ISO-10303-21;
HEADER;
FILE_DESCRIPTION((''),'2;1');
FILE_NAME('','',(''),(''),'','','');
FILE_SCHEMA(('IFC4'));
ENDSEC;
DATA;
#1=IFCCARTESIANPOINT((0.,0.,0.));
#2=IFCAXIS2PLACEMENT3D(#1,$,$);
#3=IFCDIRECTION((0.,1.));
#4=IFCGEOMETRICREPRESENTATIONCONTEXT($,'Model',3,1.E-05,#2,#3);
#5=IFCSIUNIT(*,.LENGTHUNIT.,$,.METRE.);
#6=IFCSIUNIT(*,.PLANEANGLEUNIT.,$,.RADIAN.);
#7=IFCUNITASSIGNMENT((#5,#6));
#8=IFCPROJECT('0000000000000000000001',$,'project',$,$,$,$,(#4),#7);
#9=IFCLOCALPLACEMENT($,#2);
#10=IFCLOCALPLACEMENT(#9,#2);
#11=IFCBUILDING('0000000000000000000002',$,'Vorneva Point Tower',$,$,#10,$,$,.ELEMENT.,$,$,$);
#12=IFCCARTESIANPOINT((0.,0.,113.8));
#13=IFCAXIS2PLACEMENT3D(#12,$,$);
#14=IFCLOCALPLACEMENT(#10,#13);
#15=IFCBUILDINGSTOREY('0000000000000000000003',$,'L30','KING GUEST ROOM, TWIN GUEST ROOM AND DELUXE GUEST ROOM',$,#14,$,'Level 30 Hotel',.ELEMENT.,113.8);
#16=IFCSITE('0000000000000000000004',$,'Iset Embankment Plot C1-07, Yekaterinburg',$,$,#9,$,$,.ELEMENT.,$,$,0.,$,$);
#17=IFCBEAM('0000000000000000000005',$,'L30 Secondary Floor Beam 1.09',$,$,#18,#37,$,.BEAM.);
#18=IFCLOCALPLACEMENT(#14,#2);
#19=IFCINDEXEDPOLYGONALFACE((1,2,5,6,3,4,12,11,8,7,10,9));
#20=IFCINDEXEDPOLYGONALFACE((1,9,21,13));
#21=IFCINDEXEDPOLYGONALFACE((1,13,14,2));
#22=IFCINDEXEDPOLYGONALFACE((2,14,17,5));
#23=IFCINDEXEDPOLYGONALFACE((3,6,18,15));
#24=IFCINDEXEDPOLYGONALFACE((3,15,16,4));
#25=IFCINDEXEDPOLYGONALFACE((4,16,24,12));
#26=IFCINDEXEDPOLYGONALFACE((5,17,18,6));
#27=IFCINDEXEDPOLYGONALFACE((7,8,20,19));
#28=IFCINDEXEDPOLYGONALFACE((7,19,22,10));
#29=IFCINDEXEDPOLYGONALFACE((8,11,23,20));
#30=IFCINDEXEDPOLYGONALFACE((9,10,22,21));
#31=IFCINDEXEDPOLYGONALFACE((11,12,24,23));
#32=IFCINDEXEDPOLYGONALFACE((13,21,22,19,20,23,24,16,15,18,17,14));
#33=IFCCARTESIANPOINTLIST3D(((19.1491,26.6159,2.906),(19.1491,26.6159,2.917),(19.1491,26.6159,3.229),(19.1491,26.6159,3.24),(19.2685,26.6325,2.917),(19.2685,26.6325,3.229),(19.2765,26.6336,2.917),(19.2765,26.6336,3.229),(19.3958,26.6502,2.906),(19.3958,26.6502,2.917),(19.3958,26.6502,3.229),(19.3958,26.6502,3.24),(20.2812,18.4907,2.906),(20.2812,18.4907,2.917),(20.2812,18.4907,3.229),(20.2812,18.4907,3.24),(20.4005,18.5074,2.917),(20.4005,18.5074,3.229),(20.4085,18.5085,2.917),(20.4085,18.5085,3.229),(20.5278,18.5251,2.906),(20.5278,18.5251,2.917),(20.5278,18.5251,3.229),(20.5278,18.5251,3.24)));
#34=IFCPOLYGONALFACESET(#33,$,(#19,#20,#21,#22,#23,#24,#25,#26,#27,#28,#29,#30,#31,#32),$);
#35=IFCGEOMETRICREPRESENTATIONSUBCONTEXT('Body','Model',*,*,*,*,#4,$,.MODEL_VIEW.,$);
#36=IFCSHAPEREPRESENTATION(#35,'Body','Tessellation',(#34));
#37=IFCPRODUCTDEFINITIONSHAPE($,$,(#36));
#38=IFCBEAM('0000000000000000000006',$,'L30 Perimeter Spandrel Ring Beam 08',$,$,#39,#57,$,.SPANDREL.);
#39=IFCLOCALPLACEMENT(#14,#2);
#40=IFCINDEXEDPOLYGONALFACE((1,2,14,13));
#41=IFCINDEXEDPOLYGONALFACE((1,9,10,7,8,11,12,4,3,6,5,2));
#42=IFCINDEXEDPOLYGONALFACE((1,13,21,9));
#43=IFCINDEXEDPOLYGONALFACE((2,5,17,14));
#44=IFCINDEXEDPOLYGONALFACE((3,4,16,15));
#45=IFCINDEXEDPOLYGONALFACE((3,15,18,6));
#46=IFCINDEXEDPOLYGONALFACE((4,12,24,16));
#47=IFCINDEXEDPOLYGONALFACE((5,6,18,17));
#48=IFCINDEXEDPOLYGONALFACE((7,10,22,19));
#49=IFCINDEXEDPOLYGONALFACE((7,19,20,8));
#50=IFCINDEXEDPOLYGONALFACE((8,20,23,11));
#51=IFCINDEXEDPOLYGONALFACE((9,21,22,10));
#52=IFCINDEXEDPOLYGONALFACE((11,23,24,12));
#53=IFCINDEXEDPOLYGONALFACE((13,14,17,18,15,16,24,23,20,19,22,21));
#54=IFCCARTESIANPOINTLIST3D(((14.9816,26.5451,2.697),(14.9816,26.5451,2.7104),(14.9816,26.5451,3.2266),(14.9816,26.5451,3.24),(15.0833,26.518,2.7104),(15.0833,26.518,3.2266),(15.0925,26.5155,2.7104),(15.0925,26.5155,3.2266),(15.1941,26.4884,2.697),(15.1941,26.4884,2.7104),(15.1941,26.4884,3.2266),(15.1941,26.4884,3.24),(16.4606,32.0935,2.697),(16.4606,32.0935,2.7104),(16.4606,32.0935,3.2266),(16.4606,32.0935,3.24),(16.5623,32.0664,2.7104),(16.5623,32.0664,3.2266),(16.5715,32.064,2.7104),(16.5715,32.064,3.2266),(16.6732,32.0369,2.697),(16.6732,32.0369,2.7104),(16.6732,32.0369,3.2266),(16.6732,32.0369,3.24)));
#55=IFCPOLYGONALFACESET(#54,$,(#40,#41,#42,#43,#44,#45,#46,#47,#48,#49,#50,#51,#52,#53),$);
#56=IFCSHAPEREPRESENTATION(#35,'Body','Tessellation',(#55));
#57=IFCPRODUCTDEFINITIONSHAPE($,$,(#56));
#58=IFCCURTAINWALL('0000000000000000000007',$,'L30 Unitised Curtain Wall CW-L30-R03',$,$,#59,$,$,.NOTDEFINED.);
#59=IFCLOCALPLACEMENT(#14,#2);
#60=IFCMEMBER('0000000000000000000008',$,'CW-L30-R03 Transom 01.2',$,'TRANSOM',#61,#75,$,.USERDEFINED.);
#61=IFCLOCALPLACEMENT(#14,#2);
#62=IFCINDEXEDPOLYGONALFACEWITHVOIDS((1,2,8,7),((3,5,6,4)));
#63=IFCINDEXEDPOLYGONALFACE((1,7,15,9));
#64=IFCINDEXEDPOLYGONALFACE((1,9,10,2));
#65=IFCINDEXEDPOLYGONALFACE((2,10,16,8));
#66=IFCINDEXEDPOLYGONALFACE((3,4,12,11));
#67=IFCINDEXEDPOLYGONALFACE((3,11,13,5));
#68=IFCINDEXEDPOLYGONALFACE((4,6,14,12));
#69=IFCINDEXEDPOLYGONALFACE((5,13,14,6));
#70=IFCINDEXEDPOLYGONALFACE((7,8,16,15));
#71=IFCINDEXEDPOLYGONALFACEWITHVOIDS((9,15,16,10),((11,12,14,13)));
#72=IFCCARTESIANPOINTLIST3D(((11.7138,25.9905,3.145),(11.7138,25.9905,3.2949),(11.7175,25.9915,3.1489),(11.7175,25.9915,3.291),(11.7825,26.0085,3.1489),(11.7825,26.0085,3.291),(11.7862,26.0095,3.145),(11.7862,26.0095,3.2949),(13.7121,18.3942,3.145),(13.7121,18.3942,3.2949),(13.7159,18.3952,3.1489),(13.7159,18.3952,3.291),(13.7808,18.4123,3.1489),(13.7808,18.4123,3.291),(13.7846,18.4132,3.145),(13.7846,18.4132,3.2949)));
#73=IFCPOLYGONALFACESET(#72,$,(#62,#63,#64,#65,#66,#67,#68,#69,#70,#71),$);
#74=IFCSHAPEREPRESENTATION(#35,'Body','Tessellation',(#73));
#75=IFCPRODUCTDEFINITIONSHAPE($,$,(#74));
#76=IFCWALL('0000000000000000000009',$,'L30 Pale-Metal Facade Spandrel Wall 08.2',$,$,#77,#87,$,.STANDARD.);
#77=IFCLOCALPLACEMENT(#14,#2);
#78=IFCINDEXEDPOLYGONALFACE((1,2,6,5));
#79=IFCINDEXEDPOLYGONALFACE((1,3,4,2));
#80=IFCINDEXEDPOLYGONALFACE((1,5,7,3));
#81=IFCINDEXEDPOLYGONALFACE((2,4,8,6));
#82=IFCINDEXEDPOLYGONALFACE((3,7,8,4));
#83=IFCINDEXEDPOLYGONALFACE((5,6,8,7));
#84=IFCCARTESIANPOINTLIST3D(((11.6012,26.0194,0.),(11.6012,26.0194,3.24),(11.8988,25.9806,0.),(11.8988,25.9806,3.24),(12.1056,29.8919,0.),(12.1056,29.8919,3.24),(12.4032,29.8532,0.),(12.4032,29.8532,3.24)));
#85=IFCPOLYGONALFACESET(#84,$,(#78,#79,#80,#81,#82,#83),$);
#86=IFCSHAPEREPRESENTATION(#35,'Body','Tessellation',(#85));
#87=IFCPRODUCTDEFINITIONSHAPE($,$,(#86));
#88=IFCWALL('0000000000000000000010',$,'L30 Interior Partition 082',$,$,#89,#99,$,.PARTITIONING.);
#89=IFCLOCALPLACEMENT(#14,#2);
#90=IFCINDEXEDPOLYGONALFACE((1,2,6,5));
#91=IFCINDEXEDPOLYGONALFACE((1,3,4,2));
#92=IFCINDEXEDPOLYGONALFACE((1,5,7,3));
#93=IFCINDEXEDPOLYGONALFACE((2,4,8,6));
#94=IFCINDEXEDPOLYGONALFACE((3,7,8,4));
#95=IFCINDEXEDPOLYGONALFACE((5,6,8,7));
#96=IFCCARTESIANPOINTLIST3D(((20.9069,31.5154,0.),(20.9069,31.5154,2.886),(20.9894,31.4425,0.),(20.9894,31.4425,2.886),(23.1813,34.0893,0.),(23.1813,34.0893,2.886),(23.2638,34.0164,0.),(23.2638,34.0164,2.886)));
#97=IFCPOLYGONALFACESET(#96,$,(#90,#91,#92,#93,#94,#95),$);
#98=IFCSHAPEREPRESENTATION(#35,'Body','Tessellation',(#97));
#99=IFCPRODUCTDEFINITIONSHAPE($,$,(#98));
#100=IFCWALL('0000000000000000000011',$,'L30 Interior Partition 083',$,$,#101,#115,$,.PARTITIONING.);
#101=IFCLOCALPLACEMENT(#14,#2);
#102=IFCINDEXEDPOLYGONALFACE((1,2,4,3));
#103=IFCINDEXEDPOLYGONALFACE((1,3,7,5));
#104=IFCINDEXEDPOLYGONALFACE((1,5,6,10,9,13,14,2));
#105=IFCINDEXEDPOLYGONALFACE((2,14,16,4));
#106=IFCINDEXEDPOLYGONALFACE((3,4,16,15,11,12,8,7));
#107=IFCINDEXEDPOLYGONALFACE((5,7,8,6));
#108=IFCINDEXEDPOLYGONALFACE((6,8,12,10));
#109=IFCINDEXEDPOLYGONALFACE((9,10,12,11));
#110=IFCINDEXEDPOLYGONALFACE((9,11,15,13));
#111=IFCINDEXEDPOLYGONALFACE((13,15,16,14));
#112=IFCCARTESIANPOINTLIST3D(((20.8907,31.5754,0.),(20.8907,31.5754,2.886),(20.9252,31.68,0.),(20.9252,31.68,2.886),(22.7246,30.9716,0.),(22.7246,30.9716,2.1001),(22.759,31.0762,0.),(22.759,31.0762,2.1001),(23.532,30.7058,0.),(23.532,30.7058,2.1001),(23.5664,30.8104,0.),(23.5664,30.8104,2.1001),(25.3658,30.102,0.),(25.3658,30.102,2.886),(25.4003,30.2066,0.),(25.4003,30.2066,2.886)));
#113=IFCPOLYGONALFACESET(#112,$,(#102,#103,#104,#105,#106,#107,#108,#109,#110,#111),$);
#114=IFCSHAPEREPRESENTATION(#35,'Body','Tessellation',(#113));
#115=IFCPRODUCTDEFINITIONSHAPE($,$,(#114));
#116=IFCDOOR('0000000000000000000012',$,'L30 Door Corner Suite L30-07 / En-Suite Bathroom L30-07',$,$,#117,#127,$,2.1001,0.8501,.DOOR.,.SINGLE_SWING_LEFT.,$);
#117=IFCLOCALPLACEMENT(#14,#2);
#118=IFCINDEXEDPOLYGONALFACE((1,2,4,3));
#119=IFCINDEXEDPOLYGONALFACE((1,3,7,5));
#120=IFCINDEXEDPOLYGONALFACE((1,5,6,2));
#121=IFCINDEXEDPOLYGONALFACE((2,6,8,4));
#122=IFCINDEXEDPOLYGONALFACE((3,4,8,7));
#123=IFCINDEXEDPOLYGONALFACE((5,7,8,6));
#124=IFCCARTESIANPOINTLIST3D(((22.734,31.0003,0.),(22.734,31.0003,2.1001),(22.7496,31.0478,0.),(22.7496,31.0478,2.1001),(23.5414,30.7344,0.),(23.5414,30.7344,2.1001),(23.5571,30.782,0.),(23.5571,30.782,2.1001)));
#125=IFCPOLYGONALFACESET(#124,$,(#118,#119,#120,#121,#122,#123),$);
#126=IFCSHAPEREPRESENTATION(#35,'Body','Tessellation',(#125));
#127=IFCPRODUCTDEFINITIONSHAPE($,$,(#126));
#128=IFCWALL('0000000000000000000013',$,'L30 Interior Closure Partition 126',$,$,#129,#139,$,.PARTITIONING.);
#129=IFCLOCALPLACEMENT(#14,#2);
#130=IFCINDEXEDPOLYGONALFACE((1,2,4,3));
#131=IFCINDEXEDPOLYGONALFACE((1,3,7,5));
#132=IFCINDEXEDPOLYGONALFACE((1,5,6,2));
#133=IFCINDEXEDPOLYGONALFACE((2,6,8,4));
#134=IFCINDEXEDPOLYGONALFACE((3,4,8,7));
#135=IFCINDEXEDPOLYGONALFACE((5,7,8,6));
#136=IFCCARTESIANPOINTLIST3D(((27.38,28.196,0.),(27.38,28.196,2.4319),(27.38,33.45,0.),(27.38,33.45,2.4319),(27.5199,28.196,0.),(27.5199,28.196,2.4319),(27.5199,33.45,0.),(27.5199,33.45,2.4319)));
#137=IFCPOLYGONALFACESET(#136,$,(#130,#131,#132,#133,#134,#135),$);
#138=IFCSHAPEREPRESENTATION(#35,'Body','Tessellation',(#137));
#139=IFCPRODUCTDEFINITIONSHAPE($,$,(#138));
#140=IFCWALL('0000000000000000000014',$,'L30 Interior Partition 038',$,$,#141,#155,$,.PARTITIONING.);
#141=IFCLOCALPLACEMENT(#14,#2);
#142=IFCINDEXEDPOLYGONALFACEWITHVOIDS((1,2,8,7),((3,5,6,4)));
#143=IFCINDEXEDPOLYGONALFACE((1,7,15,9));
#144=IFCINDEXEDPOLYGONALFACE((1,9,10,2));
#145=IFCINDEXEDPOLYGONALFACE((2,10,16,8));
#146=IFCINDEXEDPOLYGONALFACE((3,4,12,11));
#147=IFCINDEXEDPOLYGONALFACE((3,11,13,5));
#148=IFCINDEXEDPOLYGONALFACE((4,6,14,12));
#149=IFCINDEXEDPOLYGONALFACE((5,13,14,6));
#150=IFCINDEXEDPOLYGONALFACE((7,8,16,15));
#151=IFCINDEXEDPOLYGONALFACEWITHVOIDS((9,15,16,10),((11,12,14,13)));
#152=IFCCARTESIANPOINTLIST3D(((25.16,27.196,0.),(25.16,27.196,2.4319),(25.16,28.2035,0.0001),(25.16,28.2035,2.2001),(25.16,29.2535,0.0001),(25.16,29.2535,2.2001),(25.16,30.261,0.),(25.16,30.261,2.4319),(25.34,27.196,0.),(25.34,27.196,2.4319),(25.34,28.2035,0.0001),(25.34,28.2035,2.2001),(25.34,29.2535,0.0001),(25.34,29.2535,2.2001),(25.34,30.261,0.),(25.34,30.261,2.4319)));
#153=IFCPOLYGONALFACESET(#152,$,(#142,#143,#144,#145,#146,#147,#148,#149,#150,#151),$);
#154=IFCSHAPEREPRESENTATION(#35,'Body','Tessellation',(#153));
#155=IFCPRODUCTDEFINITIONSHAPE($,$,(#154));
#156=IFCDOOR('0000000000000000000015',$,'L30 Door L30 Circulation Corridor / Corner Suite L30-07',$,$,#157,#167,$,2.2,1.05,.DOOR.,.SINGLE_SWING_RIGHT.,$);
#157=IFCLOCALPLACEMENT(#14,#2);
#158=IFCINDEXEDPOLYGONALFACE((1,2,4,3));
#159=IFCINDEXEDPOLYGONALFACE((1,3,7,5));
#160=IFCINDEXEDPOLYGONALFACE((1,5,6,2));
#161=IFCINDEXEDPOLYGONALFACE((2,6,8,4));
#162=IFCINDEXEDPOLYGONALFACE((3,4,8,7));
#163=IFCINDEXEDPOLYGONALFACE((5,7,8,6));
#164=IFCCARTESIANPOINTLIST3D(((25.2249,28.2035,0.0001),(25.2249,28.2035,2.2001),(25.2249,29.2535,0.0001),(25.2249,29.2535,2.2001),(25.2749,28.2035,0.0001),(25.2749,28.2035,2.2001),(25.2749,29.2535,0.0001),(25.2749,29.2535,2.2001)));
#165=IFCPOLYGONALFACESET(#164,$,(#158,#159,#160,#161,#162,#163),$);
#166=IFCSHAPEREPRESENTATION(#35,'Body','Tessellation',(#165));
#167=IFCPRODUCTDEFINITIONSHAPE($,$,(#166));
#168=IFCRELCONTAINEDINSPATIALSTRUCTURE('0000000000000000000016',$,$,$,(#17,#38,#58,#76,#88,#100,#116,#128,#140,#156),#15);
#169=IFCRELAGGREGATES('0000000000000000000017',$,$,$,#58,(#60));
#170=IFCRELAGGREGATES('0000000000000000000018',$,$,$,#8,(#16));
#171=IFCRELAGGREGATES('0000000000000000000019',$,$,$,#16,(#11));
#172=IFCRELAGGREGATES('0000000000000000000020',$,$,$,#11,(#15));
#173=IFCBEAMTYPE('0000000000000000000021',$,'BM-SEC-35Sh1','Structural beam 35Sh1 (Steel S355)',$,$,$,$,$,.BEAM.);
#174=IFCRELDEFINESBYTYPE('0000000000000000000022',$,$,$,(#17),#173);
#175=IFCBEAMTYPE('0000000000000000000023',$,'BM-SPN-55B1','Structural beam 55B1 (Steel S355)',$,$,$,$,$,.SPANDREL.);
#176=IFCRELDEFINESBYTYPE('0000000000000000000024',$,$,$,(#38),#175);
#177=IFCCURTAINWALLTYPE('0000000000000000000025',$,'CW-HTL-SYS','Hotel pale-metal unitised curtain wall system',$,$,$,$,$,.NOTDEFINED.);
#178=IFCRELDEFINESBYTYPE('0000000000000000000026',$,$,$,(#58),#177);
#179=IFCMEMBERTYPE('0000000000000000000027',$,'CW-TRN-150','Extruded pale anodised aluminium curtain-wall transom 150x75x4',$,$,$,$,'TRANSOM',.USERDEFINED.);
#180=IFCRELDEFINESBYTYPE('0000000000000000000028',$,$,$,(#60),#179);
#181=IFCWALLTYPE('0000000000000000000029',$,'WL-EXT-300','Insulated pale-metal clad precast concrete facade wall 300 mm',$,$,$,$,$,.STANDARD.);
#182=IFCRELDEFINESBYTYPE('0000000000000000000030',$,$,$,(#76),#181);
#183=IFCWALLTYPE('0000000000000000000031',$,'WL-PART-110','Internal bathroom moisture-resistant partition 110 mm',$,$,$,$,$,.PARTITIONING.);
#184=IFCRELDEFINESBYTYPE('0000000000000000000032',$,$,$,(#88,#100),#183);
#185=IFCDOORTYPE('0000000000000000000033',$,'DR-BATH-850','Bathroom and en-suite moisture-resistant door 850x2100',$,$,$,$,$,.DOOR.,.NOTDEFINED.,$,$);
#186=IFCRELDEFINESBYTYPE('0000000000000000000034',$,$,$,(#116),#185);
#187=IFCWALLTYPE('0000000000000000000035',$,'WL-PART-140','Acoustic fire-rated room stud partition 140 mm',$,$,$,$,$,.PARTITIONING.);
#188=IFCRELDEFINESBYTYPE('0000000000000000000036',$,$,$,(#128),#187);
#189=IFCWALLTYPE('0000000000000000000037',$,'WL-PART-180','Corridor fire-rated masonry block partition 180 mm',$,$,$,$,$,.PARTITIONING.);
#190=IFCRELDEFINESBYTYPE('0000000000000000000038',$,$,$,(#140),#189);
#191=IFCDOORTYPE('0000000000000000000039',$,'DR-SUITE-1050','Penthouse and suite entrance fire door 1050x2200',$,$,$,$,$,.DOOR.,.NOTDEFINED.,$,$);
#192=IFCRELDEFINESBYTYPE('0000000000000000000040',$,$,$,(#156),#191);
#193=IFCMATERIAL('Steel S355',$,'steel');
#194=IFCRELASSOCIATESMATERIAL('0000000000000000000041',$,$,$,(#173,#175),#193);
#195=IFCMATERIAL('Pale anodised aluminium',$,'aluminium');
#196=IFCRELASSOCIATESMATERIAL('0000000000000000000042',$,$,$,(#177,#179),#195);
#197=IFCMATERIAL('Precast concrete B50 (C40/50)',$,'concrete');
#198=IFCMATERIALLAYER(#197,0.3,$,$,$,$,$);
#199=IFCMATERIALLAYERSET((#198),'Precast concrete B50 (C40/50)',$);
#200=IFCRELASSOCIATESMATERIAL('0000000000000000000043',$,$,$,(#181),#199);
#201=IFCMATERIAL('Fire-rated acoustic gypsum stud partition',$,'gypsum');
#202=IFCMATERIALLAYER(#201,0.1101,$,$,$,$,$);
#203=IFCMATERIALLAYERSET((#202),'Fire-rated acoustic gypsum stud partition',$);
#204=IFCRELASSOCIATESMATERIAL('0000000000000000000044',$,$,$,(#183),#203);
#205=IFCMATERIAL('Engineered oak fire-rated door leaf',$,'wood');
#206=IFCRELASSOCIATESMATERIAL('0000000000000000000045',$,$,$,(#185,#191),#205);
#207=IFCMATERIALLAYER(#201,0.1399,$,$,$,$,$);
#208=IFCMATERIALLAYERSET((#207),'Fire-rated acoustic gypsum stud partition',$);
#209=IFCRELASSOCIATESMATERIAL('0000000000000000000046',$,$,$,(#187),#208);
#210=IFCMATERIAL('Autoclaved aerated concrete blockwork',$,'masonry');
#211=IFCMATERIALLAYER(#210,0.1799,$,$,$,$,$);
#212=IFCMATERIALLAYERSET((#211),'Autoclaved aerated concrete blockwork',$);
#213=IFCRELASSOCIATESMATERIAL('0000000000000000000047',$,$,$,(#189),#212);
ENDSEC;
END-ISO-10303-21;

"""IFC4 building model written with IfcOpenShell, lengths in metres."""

from ifc_helpers import new_model, si_unit, direction, frame, frame_2d, origin, origin_2d, place, context, subcontext, project, spatial, rectangle, hollow_rectangle, i_section, extrude, material, layer, layer_set, material_profile, profile_set, type_object, element, fill, aggregate, save


model = new_model("IFC4")

# Units and contexts
model_context = context("Model", 3, precision=1e-05, world=origin(), true_north=direction((0.0, 1.0)))
body_context = subcontext(model_context, "Body", "Model", "MODEL_VIEW")
ifc_project = project(units=[si_unit("LENGTHUNIT", "METRE"), si_unit("PLANEANGLEUNIT", "RADIAN")], contexts=[model_context])

# Site, building, storey
site_placement = place(None, origin())
site = spatial("IfcSite", under=ifc_project, at=site_placement, Name="Iset Embankment Plot C1-07, Yekaterinburg", CompositionType="ELEMENT", RefElevation=0.0)
building_placement = place(site_placement, origin())
building = spatial("IfcBuilding", under=site, at=building_placement, Name="Vorneva Point Tower", CompositionType="ELEMENT")
storey_placement = place(building_placement, frame((0.0, 0.0, 113.8)))
storey = spatial("IfcBuildingStorey", under=building, at=storey_placement, Name="L30", Description="KING GUEST ROOM, TWIN GUEST ROOM AND DELUXE GUEST ROOM", LongName="Level 30 Hotel", CompositionType="ELEMENT", Elevation=113.8)

# Beams
ifc_material_1 = material(Name="Steel S355", Category="steel")
ifc_material_profile_1 = material_profile(ifc_material_1, i_section(OverallWidth=0.249, OverallDepth=0.334, WebThickness=0.0081, FlangeThickness=0.011, at=origin_2d()), Name="35Sh1")
ifc_profile_set_1 = profile_set([ifc_material_profile_1], Name="Steel S355")
beam_type_1 = type_object("IfcBeamType", Name="BM-SEC-35Sh1", Description="Structural beam 35Sh1 (Steel S355)", PredefinedType="BEAM", material=ifc_profile_set_1)
beam_1_placement = place(storey_placement, frame((19.2725, 26.6331, 3.073), z_axis=(0.137996, -0.990433, 0.0), x_axis=(0.990433, 0.137996, 0.0)))
element("IfcBeam", 1, at=beam_1_placement, inside=storey, type_object=beam_type_1, Name="L30 Secondary Floor Beam 1.09", PredefinedType="BEAM", context=body_context, shape_type="SweptSolid", body=[
    extrude(i_section(OverallWidth=0.249, OverallDepth=0.334, WebThickness=0.0081, FlangeThickness=0.011, at=origin_2d()), origin(), (0.0, 0.0, 1.0), 8.2036),
])
ifc_material_profile_2 = material_profile(ifc_material_1, i_section(OverallWidth=0.22, OverallDepth=0.543, WebThickness=0.0095, FlangeThickness=0.0134, at=origin_2d()), Name="55B1")
ifc_profile_set_2 = profile_set([ifc_material_profile_2], Name="Steel S355")
beam_type_2 = type_object("IfcBeamType", Name="BM-SPN-55B1", Description="Structural beam 55B1 (Steel S355)", PredefinedType="SPANDREL", material=ifc_profile_set_2)
beam_2_placement = place(storey_placement, frame((16.5669, 32.0652, 2.9685), z_axis=(-0.257573, -0.966259, 0.0), x_axis=(0.966259, -0.257573, 0.0)))
element("IfcBeam", 2, at=beam_2_placement, inside=storey, type_object=beam_type_2, Name="L30 Perimeter Spandrel Ring Beam 08", PredefinedType="SPANDREL", context=body_context, shape_type="SweptSolid", body=[
    extrude(i_section(OverallWidth=0.22, OverallDepth=0.543, WebThickness=0.0095, FlangeThickness=0.0134, at=origin_2d()), origin(), (0.0, 0.0, 1.0), 5.7422),
])

# Curtain wall, member
ifc_material_2 = material(Name="Pale anodised aluminium", Category="aluminium")
curtain_wall_type = type_object("IfcCurtainWallType", Name="CW-HTL-SYS", Description="Hotel pale-metal unitised curtain wall system", PredefinedType="NOTDEFINED", material=ifc_material_2)
curtain_wall_placement = place(storey_placement, origin())
curtain_wall = element("IfcCurtainWall", 3, at=curtain_wall_placement, inside=storey, type_object=curtain_wall_type, Name="L30 Unitised Curtain Wall CW-L30-R03", PredefinedType="NOTDEFINED")
ifc_material_profile_3 = material_profile(ifc_material_2, hollow_rectangle(XDim=0.075, YDim=0.1499, WallThickness=0.0039, at=origin_2d()), Name="AL-TRN 150x75x4")
ifc_profile_set_3 = profile_set([ifc_material_profile_3], Name="Pale anodised aluminium")
member_type = type_object("IfcMemberType", Name="CW-TRN-150", Description="Extruded pale anodised aluminium curtain-wall transom 150x75x4", ElementType="TRANSOM", PredefinedType="USERDEFINED", material=ifc_profile_set_3)
member_placement = place(storey_placement, frame((11.75, 26.0, 3.22), z_axis=(0.254409, -0.967097, 0.0), x_axis=(0.967097, 0.254409, 0.0)))
member = element("IfcMember", 4, at=member_placement, type_object=member_type, Name="CW-L30-R03 Transom 01.2", ObjectType="TRANSOM", PredefinedType="USERDEFINED", context=body_context, shape_type="SweptSolid", body=[
    extrude(hollow_rectangle(XDim=0.075, YDim=0.1499, WallThickness=0.0039, at=origin_2d()), origin(), (0.0, 0.0, 1.0), 7.8547),
])
aggregate(curtain_wall, [member])

# Walls
ifc_material_3 = material(Name="Precast concrete B50 (C40/50)", Category="concrete")
ifc_layer_1 = layer(ifc_material_3, 0.3)
ifc_layer_set_1 = layer_set([ifc_layer_1], Name="Precast concrete B50 (C40/50)")
wall_type_1 = type_object("IfcWallType", Name="WL-EXT-300", Description="Insulated pale-metal clad precast concrete facade wall 300 mm", PredefinedType="STANDARD", material=ifc_layer_set_1)
wall_1_placement = place(storey_placement, frame((12.2544, 29.8726, 0.0), z_axis=(0.0, 0.0, 1.0), x_axis=(-0.129157, -0.991624, 0.0)))
element("IfcWall", 5, at=wall_1_placement, inside=storey, type_object=wall_type_1, Name="L30 Pale-Metal Facade Spandrel Wall 08.2", PredefinedType="STANDARD", context=body_context, shape_type="SweptSolid", body=[
    extrude(rectangle(XDim=3.9053, YDim=0.3, at=frame_2d((1.9526, 0.0))), origin(), (0.0, 0.0, 1.0), 3.24),
])
ifc_material_4 = material(Name="Fire-rated acoustic gypsum stud partition", Category="gypsum")
ifc_layer_2 = layer(ifc_material_4, 0.1101)
ifc_layer_set_2 = layer_set([ifc_layer_2], Name="Fire-rated acoustic gypsum stud partition")
wall_type_2 = type_object("IfcWallType", Name="WL-PART-110", Description="Internal bathroom moisture-resistant partition 110 mm", PredefinedType="PARTITIONING", material=ifc_layer_set_2)
wall_2_placement = place(storey_placement, frame((20.9482, 31.479, 0.0), z_axis=(0.0, 0.0, 1.0), x_axis=(0.662155, 0.749367, 0.0)))
element("IfcWall", 6, at=wall_2_placement, inside=storey, type_object=wall_type_2, Name="L30 Interior Partition 082", PredefinedType="PARTITIONING", context=body_context, shape_type="SweptSolid", body=[
    extrude(rectangle(XDim=3.4348, YDim=0.1101, at=frame_2d((1.7173, 0.0))), origin(), (0.0, 0.0, 1.0), 2.886),
])

# Wall, opening, door
wall_3_placement = place(storey_placement, frame((25.3831, 30.1543, 0.0), z_axis=(0.0, 0.0, 1.0), x_axis=(-0.949843, 0.312728, 0.0)))
wall_3 = element("IfcWall", 7, at=wall_3_placement, inside=storey, type_object=wall_type_2, Name="L30 Interior Partition 083", PredefinedType="PARTITIONING", context=body_context, shape_type="SweptSolid", body=[
    extrude(rectangle(XDim=4.7114, YDim=0.1101, at=frame_2d((2.3557, 0.0))), origin(), (0.0, 0.0, 1.0), 2.886),
])
opening_1_placement = place(wall_3_placement, frame((1.9307, 0.0, 0.0)))
opening_1 = element("IfcOpeningElement", 8, at=opening_1_placement, cuts=wall_3, PredefinedType="OPENING", context=body_context, shape_type="SweptSolid", body=[
    extrude(rectangle(XDim=0.8501, YDim=2.1001, at=frame_2d((0.425, 1.05))), frame((0.0, 0.0698, 0.0), z_axis=(0.0, -1.0, 0.0), x_axis=(1.0, 0.0, 0.0)), (0.0, 0.0, 1.0), 0.1399),
])
ifc_material_5 = material(Name="Engineered oak fire-rated door leaf", Category="wood")
door_type_1 = type_object("IfcDoorType", Name="DR-BATH-850", Description="Bathroom and en-suite moisture-resistant door 850x2100", OperationType="NOTDEFINED", PredefinedType="DOOR", material=ifc_material_5)
door_1_placement = place(opening_1_placement, origin())
door_1 = element("IfcDoor", 9, at=door_1_placement, inside=storey, type_object=door_type_1, Name="L30 Door Corner Suite L30-07 / En-Suite Bathroom L30-07", OperationType="SINGLE_SWING_LEFT", OverallHeight=2.1001, OverallWidth=0.8501, PredefinedType="DOOR", context=body_context, shape_type="SweptSolid", body=[
    extrude(rectangle(XDim=0.8501, YDim=2.1001, at=frame_2d((0.425, 1.05))), frame((0.0, 0.0249, 0.0), z_axis=(0.0, -1.0, 0.0), x_axis=(1.0, 0.0, 0.0)), (0.0, 0.0, 1.0), 0.05),
])
fill(opening_1, door_1)

# Wall
ifc_layer_3 = layer(ifc_material_4, 0.1399)
ifc_layer_set_3 = layer_set([ifc_layer_3], Name="Fire-rated acoustic gypsum stud partition")
wall_type_3 = type_object("IfcWallType", Name="WL-PART-140", Description="Acoustic fire-rated room stud partition 140 mm", PredefinedType="PARTITIONING", material=ifc_layer_set_3)
wall_4_placement = place(storey_placement, frame((27.45, 28.196, 0.0), z_axis=(0.0, 0.0, 1.0), x_axis=(0.0, 1.0, 0.0)))
element("IfcWall", 10, at=wall_4_placement, inside=storey, type_object=wall_type_3, Name="L30 Interior Closure Partition 126", PredefinedType="PARTITIONING", context=body_context, shape_type="SweptSolid", body=[
    extrude(rectangle(XDim=5.2539, YDim=0.1399, at=frame_2d((2.627, 0.0))), origin(), (0.0, 0.0, 1.0), 2.4319),
])

# Wall, opening, door
ifc_material_6 = material(Name="Autoclaved aerated concrete blockwork", Category="masonry")
ifc_layer_4 = layer(ifc_material_6, 0.1799)
ifc_layer_set_4 = layer_set([ifc_layer_4], Name="Autoclaved aerated concrete blockwork")
wall_type_4 = type_object("IfcWallType", Name="WL-PART-180", Description="Corridor fire-rated masonry block partition 180 mm", PredefinedType="PARTITIONING", material=ifc_layer_set_4)
wall_5_placement = place(storey_placement, frame((25.25, 30.261, 0.0), z_axis=(0.0, 0.0, 1.0), x_axis=(0.0, -1.0, 0.0)))
wall_5 = element("IfcWall", 11, at=wall_5_placement, inside=storey, type_object=wall_type_4, Name="L30 Interior Partition 038", PredefinedType="PARTITIONING", context=body_context, shape_type="SweptSolid", body=[
    extrude(rectangle(XDim=3.0649, YDim=0.1799, at=frame_2d((1.5325, 0.0))), origin(), (0.0, 0.0, 1.0), 2.4319),
])
opening_2_placement = place(wall_5_placement, frame((1.0076, 0.0, 0.0)))
opening_2 = element("IfcOpeningElement", 12, at=opening_2_placement, cuts=wall_5, PredefinedType="OPENING", context=body_context, shape_type="SweptSolid", body=[
    extrude(rectangle(XDim=1.05, YDim=2.2, at=frame_2d((0.5249, 1.1001))), frame((0.0, 0.105, 0.0), z_axis=(0.0, -1.0, 0.0), x_axis=(1.0, 0.0, 0.0)), (0.0, 0.0, 1.0), 0.2097),
])
door_type_2 = type_object("IfcDoorType", Name="DR-SUITE-1050", Description="Penthouse and suite entrance fire door 1050x2200", OperationType="NOTDEFINED", PredefinedType="DOOR", material=ifc_material_5)
door_2_placement = place(opening_2_placement, origin())
door_2 = element("IfcDoor", 13, at=door_2_placement, inside=storey, type_object=door_type_2, Name="L30 Door L30 Circulation Corridor / Corner Suite L30-07", OperationType="SINGLE_SWING_RIGHT", OverallHeight=2.2, OverallWidth=1.05, PredefinedType="DOOR", context=body_context, shape_type="SweptSolid", body=[
    extrude(rectangle(XDim=1.05, YDim=2.2, at=frame_2d((0.5249, 1.1001))), frame((0.0, 0.0249, 0.0), z_axis=(0.0, -1.0, 0.0), x_axis=(1.0, 0.0, 0.0)), (0.0, 0.0, 1.0), 0.05),
])
fill(opening_2, door_2)

save(model, "model.ifc")
